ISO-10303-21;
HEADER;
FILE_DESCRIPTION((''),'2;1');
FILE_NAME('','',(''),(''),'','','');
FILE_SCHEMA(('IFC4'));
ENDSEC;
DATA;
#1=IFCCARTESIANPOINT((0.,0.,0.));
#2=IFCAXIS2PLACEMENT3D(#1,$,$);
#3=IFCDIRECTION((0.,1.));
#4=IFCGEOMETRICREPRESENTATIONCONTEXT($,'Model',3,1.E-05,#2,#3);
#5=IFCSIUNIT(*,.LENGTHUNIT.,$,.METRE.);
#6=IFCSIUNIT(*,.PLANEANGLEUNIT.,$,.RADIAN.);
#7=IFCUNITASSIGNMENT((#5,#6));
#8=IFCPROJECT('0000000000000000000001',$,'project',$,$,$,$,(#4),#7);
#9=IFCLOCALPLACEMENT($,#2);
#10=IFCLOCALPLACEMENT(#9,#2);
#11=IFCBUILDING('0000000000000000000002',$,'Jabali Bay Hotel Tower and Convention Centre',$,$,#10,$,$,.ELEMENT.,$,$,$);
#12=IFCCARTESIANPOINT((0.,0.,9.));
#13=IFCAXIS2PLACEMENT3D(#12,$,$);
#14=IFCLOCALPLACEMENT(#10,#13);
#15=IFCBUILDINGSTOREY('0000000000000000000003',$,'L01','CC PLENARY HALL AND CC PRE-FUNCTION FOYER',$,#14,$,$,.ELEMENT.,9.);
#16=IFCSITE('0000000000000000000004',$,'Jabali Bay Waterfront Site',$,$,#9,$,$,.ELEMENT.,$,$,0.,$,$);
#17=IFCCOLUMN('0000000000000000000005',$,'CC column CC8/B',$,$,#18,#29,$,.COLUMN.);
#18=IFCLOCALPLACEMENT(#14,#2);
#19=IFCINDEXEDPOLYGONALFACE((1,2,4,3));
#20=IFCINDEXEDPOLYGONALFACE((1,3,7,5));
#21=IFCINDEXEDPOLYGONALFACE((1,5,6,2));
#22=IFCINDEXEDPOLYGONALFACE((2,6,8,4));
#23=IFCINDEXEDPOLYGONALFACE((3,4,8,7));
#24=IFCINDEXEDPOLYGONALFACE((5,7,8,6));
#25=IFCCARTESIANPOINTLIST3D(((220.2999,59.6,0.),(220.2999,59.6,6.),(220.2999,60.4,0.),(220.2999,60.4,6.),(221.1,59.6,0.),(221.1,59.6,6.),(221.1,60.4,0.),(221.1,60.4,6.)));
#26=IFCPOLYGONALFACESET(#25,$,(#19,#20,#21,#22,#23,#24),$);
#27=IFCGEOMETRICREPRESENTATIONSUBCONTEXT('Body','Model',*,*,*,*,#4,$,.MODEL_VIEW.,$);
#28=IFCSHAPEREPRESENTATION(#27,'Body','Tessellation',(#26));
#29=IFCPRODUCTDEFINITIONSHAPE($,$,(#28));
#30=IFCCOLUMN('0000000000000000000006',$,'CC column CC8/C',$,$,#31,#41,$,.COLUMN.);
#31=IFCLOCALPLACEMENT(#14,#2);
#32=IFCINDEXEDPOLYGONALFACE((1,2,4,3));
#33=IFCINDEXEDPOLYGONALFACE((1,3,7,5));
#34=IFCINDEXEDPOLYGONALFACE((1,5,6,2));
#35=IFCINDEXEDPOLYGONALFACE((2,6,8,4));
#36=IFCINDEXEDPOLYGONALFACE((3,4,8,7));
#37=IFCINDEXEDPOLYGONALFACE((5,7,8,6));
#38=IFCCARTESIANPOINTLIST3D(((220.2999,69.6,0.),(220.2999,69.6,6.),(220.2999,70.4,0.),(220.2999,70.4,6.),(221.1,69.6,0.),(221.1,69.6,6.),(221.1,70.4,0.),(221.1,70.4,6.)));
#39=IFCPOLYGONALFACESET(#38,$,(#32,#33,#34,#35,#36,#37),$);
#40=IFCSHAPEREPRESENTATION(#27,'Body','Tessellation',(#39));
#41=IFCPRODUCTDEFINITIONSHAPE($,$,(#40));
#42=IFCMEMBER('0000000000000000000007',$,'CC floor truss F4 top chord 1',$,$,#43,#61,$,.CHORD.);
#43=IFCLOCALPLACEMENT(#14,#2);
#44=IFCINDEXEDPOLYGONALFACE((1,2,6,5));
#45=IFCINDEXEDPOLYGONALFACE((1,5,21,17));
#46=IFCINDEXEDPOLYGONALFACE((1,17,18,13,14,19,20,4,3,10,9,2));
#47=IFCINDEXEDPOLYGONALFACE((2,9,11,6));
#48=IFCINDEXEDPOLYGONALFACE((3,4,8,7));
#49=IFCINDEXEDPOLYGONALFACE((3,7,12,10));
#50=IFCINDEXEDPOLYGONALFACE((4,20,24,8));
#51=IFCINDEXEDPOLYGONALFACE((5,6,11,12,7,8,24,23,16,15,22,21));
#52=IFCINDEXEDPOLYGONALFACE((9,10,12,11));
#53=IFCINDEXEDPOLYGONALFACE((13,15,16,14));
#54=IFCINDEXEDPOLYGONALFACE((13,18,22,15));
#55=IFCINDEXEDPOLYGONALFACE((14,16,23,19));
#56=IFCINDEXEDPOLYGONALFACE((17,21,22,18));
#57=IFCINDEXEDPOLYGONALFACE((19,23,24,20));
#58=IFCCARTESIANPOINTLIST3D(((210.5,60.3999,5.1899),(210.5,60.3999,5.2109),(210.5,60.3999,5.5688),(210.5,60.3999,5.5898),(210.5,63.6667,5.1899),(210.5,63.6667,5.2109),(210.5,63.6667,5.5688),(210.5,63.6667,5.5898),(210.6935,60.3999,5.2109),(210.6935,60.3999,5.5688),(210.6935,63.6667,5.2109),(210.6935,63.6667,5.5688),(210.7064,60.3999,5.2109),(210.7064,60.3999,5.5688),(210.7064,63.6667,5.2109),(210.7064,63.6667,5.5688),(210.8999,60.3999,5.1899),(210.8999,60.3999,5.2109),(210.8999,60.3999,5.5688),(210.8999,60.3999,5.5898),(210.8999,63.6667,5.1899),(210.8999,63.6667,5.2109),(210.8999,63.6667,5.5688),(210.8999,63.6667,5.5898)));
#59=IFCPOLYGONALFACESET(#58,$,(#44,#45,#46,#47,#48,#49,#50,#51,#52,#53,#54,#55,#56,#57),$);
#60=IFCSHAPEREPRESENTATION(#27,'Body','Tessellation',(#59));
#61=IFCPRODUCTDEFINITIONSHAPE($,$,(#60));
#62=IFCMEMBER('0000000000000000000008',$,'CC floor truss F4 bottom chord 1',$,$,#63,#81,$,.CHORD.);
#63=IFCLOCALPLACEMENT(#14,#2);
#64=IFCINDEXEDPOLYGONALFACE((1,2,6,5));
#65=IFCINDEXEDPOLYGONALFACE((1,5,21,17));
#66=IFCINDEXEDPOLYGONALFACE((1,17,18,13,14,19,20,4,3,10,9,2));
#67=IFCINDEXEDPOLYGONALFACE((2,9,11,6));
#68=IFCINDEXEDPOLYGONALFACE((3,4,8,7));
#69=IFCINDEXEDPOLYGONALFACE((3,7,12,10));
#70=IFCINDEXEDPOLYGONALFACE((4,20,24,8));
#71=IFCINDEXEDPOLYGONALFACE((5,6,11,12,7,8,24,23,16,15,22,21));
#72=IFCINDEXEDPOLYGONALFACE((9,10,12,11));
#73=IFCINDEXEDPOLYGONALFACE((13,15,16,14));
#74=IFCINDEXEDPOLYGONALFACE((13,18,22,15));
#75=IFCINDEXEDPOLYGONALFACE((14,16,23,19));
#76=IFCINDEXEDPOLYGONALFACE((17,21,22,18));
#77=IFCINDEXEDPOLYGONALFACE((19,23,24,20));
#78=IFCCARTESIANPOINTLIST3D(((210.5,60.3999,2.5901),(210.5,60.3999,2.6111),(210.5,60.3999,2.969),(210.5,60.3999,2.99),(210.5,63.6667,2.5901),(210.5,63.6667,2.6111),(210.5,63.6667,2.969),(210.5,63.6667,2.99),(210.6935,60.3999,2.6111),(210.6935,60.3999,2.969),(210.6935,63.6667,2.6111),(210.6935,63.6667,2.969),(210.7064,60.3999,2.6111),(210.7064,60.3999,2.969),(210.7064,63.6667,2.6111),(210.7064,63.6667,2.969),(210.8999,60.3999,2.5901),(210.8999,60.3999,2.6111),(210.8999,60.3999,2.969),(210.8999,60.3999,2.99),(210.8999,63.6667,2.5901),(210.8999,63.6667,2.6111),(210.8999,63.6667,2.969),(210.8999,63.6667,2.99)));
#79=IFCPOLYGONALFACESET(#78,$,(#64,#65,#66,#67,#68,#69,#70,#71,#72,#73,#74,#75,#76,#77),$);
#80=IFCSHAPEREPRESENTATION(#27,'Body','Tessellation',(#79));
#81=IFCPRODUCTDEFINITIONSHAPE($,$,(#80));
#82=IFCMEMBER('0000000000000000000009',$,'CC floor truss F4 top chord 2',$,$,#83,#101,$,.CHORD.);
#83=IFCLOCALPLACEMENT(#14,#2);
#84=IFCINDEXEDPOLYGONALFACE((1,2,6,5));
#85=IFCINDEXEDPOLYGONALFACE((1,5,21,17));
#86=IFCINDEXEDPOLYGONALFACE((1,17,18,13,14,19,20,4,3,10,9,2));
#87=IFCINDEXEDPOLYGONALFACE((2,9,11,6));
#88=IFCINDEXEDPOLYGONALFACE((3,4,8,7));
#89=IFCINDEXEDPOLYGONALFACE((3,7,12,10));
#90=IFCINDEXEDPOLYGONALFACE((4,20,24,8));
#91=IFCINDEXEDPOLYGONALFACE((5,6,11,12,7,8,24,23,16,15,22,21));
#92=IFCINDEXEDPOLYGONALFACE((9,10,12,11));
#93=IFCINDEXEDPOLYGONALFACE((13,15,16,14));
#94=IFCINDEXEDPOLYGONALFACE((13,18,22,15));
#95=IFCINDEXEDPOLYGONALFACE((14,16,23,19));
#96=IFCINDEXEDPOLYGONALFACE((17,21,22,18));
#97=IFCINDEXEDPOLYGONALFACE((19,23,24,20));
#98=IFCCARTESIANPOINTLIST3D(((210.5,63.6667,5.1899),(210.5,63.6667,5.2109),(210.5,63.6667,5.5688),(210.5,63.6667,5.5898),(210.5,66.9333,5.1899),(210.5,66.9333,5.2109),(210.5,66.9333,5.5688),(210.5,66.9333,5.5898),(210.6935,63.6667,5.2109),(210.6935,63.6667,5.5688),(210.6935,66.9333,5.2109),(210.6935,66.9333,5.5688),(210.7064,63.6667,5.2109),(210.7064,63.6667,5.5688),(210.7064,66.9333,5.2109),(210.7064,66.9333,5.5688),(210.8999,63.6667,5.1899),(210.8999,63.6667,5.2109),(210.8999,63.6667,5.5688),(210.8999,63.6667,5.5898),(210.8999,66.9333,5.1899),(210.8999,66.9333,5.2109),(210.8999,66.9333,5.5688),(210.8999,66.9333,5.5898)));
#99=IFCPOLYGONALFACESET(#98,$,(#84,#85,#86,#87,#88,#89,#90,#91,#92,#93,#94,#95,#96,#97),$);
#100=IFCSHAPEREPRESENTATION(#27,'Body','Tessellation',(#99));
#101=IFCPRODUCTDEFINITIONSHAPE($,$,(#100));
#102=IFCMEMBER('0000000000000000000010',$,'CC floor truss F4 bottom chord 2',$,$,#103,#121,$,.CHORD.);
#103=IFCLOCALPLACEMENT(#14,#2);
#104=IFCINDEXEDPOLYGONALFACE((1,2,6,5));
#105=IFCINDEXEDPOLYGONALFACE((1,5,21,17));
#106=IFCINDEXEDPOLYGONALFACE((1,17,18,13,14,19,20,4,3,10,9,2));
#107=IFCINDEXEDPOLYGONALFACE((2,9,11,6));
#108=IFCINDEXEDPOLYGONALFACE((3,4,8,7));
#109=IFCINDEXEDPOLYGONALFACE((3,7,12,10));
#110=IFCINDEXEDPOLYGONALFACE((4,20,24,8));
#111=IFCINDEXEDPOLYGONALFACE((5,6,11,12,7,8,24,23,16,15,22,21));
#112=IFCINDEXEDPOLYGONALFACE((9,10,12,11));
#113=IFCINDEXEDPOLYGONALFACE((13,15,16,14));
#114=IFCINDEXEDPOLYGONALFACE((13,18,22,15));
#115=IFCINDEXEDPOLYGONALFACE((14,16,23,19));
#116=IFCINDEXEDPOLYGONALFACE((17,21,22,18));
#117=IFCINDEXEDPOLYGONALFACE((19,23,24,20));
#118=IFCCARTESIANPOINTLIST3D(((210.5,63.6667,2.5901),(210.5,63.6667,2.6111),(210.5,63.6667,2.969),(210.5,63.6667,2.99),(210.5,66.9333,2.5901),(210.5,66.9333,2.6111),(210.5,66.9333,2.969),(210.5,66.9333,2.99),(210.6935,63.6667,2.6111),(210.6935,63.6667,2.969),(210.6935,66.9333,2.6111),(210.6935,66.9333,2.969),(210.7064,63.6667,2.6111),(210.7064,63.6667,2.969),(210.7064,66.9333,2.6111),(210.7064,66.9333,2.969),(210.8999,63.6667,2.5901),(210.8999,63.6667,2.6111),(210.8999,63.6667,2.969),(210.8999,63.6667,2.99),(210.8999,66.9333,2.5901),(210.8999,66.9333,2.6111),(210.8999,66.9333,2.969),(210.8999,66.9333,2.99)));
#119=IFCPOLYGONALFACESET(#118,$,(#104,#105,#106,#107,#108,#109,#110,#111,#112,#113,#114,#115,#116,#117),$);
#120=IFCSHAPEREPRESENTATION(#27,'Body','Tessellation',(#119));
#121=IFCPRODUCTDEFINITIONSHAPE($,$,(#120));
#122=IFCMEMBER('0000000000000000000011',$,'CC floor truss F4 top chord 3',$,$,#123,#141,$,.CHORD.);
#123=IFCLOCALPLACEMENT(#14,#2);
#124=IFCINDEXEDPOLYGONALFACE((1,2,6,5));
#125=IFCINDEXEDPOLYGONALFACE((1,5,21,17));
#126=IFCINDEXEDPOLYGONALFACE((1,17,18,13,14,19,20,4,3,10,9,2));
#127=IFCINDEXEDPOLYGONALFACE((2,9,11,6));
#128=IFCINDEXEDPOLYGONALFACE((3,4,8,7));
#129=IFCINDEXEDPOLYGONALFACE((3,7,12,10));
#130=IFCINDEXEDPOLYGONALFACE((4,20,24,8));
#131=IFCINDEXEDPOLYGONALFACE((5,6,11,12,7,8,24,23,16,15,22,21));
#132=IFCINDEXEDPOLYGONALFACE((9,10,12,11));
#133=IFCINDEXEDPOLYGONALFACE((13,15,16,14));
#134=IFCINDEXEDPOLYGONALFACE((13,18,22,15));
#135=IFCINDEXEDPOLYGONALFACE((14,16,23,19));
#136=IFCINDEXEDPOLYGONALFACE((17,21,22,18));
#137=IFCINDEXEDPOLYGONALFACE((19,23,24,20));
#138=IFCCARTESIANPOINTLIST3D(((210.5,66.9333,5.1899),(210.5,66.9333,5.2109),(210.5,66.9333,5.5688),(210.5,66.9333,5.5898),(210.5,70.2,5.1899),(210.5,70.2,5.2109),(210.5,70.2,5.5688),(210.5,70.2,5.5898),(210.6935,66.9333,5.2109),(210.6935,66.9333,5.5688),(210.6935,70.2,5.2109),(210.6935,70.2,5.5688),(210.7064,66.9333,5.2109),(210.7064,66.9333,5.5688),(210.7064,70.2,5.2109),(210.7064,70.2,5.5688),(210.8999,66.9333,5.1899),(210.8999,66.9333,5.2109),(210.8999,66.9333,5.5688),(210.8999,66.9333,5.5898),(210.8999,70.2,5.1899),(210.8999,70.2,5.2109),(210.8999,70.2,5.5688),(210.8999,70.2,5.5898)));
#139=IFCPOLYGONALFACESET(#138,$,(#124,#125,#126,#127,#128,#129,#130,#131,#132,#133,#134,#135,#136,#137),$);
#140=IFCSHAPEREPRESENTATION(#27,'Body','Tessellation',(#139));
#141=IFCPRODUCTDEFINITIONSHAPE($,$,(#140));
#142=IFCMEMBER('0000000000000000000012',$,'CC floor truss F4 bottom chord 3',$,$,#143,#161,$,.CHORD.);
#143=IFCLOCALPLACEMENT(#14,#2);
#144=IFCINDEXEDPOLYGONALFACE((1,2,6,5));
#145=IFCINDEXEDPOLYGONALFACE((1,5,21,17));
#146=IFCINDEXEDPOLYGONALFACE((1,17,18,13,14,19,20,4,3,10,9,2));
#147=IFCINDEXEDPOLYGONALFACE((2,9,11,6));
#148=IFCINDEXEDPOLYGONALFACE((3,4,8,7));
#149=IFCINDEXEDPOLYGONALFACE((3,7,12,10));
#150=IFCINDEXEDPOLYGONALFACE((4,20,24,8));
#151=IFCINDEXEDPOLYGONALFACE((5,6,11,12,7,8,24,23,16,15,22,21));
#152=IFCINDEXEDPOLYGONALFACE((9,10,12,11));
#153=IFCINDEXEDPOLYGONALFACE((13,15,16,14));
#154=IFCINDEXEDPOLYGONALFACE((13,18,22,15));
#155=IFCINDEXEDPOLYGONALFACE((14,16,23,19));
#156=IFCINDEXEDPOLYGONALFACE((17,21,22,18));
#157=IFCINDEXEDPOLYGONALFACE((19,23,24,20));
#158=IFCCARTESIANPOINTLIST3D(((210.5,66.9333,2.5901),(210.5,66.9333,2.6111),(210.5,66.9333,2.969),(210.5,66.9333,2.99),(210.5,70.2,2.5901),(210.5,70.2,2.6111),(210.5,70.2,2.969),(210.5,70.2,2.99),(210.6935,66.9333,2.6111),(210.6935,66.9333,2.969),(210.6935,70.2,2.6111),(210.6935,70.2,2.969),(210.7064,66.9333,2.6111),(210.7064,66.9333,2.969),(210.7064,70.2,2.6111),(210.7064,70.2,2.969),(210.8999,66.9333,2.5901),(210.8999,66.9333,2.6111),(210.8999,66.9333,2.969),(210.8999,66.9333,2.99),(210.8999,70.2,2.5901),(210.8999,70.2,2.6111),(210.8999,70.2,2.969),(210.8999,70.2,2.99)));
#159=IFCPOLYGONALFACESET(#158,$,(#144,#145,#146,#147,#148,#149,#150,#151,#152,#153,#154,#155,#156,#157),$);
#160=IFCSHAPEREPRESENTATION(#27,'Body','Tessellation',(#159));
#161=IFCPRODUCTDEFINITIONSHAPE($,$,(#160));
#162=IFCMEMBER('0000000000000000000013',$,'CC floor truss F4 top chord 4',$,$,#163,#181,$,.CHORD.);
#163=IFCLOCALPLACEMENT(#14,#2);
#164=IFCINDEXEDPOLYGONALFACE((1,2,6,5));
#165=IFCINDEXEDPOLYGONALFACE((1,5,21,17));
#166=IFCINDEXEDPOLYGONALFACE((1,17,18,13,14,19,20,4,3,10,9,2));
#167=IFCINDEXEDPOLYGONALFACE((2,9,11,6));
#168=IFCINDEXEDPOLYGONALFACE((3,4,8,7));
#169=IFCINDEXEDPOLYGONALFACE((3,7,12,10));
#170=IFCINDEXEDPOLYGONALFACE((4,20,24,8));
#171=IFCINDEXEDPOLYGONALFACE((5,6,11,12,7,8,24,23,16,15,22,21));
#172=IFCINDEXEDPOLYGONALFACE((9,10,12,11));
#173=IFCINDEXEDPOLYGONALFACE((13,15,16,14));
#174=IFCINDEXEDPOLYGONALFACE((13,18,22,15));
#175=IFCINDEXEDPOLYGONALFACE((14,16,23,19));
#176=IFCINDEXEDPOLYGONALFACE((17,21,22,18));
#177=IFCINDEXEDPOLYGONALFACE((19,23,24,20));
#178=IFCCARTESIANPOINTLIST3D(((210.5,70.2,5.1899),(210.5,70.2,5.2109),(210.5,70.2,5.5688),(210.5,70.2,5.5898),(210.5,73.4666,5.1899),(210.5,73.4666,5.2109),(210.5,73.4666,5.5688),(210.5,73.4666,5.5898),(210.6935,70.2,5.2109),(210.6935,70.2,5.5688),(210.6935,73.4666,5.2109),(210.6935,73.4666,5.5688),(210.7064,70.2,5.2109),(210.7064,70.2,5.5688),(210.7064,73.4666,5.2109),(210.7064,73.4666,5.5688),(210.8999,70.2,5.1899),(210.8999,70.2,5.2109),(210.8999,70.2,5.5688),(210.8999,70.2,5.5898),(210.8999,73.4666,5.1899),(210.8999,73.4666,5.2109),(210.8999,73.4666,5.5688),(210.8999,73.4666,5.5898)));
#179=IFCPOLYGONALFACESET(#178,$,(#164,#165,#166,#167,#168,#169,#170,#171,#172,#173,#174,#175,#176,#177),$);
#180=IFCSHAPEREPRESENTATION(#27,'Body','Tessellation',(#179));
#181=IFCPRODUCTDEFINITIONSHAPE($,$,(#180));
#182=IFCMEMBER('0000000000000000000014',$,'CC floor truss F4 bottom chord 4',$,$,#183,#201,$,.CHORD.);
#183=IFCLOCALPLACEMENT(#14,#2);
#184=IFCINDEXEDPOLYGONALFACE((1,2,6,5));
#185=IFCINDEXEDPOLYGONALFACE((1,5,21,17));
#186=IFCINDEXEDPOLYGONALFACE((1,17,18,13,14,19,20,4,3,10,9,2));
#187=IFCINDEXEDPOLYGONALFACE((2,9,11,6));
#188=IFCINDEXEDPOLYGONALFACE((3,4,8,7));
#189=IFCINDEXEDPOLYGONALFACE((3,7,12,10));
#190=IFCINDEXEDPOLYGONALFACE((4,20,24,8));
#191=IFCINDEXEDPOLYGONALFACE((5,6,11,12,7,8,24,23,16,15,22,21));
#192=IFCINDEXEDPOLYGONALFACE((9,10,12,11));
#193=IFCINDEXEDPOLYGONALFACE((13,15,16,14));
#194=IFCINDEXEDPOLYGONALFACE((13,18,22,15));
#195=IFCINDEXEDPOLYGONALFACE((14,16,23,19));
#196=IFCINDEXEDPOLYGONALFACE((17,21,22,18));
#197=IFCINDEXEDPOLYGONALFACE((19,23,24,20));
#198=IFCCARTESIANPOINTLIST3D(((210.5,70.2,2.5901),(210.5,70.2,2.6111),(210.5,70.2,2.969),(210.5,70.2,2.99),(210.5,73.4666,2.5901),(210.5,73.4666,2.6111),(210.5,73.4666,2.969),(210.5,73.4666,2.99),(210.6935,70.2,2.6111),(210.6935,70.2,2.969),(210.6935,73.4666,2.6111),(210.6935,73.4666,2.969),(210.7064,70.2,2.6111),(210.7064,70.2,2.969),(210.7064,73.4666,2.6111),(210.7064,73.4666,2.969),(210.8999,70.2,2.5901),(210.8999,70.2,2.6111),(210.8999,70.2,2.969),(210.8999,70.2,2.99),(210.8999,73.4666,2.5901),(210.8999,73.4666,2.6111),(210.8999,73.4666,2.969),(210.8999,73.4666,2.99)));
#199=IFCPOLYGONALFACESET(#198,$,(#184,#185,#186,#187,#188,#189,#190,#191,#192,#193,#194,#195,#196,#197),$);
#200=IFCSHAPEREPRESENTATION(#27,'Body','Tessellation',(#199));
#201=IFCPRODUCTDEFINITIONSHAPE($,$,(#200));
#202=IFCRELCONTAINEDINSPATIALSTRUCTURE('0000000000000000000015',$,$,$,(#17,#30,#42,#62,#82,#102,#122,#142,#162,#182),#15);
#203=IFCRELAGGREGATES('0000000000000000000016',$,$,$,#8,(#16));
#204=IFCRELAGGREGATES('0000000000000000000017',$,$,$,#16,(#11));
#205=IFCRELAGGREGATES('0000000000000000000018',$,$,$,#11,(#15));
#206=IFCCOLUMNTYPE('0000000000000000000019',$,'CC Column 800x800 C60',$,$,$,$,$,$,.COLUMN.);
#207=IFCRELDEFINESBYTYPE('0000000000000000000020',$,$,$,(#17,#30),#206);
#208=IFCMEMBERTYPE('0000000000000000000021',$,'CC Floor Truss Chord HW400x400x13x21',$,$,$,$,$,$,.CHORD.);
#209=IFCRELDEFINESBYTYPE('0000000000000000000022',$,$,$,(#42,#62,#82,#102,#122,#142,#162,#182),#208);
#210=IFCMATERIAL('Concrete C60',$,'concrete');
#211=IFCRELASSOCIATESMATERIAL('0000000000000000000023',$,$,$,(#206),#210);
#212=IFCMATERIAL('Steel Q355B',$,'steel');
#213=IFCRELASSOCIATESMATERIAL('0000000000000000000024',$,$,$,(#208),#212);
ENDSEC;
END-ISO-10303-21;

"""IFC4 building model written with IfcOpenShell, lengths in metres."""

from ifc_helpers import new_model, si_unit, direction, frame, origin, origin_2d, place, context, subcontext, project, spatial, rectangle, i_section, extrude, material, material_profile, profile_set, type_object, element, save


model = new_model("IFC4")

# Units and contexts
model_context = context("Model", 3, precision=1e-05, world=origin(), true_north=direction((0.0, 1.0)))
body_context = subcontext(model_context, "Body", "Model", "MODEL_VIEW")
ifc_project = project(units=[si_unit("LENGTHUNIT", "METRE"), si_unit("PLANEANGLEUNIT", "RADIAN")], contexts=[model_context])

# Site, building, storey
site_placement = place(None, origin())
site = spatial("IfcSite", under=ifc_project, at=site_placement, Name="Jabali Bay Waterfront Site", CompositionType="ELEMENT", RefElevation=0.0)
building_placement = place(site_placement, origin())
building = spatial("IfcBuilding", under=site, at=building_placement, Name="Jabali Bay Hotel Tower and Convention Centre", CompositionType="ELEMENT")
storey_placement = place(building_placement, frame((0.0, 0.0, 9.0)))
storey = spatial("IfcBuildingStorey", under=building, at=storey_placement, Name="L01", Description="CC PLENARY HALL AND CC PRE-FUNCTION FOYER", CompositionType="ELEMENT", Elevation=9.0)

# Columns
ifc_material_1 = material(Name="Concrete C60", Category="concrete")
ifc_material_profile_1 = material_profile(ifc_material_1, rectangle(XDim=0.8, YDim=0.8, at=origin_2d()), Name="RC 800x800")
ifc_profile_set_1 = profile_set([ifc_material_profile_1], Name="Concrete C60")
column_type = type_object("IfcColumnType", Name="CC Column 800x800 C60", PredefinedType="COLUMN", material=ifc_profile_set_1)
for number, where, z_axis, x_axis, name in (
    (1, (220.7, 60.0, 0.0), (0.0, 0.0, 1.0), (1.0, 0.0, 0.0), "CC column CC8/B"),
    (2, (220.7, 70.0, 0.0), (0.0, 0.0, 1.0), (1.0, 0.0, 0.0), "CC column CC8/C"),
):
    element("IfcColumn", number, at=place(storey_placement, frame(where, z_axis=z_axis, x_axis=x_axis)), inside=storey, type_object=column_type, Name=name, PredefinedType="COLUMN", context=body_context, shape_type="SweptSolid", body=[
        extrude(rectangle(XDim=0.8, YDim=0.8, at=origin_2d()), origin(), (0.0, 0.0, 1.0), 6.0),
    ])

# Members
ifc_material_2 = material(Name="Steel Q355B", Category="steel")
ifc_material_profile_2 = material_profile(ifc_material_2, i_section(OverallWidth=0.3999, OverallDepth=0.3999, WebThickness=0.0129, FlangeThickness=0.021, at=origin_2d()), Name="HW400x400x13x21")
ifc_profile_set_2 = profile_set([ifc_material_profile_2], Name="Steel Q355B")
member_type_1 = type_object("IfcMemberType", Name="CC Floor Truss Chord HW400x400x13x21", PredefinedType="CHORD", material=ifc_profile_set_2)
for number, where, z_axis, x_axis, name in (
    (3, (210.7, 60.3999, 5.3899), (0.0, 1.0, 0.0), (-1.0, 0.0, 0.0), "CC floor truss F4 top chord 1"),
    (4, (210.7, 60.3999, 2.79), (0.0, 1.0, 0.0), (-1.0, 0.0, 0.0), "CC floor truss F4 bottom chord 1"),
):
    element("IfcMember", number, at=place(storey_placement, frame(where, z_axis=z_axis, x_axis=x_axis)), inside=storey, type_object=member_type_1, Name=name, PredefinedType="CHORD", context=body_context, shape_type="SweptSolid", body=[
        extrude(i_section(OverallWidth=0.3999, OverallDepth=0.3999, WebThickness=0.0129, FlangeThickness=0.021, at=origin_2d()), origin(), (0.0, 0.0, 1.0), 3.2668),
    ])
for number, where, z_axis, x_axis, name in (
    (5, (210.7, 63.6667, 5.3899), (0.0, 1.0, 0.0), (-1.0, 0.0, 0.0), "CC floor truss F4 top chord 2"),
    (6, (210.7, 63.6667, 2.79), (0.0, 1.0, 0.0), (-1.0, 0.0, 0.0), "CC floor truss F4 bottom chord 2"),
    (7, (210.7, 66.9333, 5.3899), (0.0, 1.0, 0.0), (-1.0, 0.0, 0.0), "CC floor truss F4 top chord 3"),
    (8, (210.7, 66.9333, 2.79), (0.0, 1.0, 0.0), (-1.0, 0.0, 0.0), "CC floor truss F4 bottom chord 3"),
    (9, (210.7, 70.2, 5.3899), (0.0, 1.0, 0.0), (-1.0, 0.0, 0.0), "CC floor truss F4 top chord 4"),
    (10, (210.7, 70.2, 2.79), (0.0, 1.0, 0.0), (-1.0, 0.0, 0.0), "CC floor truss F4 bottom chord 4"),
):
    element("IfcMember", number, at=place(storey_placement, frame(where, z_axis=z_axis, x_axis=x_axis)), inside=storey, type_object=member_type_1, Name=name, PredefinedType="CHORD", context=body_context, shape_type="SweptSolid", body=[
        extrude(i_section(OverallWidth=0.3999, OverallDepth=0.3999, WebThickness=0.0129, FlangeThickness=0.021, at=origin_2d()), origin(), (0.0, 0.0, 1.0), 3.2666),
    ])

save(model, "model.ifc")
